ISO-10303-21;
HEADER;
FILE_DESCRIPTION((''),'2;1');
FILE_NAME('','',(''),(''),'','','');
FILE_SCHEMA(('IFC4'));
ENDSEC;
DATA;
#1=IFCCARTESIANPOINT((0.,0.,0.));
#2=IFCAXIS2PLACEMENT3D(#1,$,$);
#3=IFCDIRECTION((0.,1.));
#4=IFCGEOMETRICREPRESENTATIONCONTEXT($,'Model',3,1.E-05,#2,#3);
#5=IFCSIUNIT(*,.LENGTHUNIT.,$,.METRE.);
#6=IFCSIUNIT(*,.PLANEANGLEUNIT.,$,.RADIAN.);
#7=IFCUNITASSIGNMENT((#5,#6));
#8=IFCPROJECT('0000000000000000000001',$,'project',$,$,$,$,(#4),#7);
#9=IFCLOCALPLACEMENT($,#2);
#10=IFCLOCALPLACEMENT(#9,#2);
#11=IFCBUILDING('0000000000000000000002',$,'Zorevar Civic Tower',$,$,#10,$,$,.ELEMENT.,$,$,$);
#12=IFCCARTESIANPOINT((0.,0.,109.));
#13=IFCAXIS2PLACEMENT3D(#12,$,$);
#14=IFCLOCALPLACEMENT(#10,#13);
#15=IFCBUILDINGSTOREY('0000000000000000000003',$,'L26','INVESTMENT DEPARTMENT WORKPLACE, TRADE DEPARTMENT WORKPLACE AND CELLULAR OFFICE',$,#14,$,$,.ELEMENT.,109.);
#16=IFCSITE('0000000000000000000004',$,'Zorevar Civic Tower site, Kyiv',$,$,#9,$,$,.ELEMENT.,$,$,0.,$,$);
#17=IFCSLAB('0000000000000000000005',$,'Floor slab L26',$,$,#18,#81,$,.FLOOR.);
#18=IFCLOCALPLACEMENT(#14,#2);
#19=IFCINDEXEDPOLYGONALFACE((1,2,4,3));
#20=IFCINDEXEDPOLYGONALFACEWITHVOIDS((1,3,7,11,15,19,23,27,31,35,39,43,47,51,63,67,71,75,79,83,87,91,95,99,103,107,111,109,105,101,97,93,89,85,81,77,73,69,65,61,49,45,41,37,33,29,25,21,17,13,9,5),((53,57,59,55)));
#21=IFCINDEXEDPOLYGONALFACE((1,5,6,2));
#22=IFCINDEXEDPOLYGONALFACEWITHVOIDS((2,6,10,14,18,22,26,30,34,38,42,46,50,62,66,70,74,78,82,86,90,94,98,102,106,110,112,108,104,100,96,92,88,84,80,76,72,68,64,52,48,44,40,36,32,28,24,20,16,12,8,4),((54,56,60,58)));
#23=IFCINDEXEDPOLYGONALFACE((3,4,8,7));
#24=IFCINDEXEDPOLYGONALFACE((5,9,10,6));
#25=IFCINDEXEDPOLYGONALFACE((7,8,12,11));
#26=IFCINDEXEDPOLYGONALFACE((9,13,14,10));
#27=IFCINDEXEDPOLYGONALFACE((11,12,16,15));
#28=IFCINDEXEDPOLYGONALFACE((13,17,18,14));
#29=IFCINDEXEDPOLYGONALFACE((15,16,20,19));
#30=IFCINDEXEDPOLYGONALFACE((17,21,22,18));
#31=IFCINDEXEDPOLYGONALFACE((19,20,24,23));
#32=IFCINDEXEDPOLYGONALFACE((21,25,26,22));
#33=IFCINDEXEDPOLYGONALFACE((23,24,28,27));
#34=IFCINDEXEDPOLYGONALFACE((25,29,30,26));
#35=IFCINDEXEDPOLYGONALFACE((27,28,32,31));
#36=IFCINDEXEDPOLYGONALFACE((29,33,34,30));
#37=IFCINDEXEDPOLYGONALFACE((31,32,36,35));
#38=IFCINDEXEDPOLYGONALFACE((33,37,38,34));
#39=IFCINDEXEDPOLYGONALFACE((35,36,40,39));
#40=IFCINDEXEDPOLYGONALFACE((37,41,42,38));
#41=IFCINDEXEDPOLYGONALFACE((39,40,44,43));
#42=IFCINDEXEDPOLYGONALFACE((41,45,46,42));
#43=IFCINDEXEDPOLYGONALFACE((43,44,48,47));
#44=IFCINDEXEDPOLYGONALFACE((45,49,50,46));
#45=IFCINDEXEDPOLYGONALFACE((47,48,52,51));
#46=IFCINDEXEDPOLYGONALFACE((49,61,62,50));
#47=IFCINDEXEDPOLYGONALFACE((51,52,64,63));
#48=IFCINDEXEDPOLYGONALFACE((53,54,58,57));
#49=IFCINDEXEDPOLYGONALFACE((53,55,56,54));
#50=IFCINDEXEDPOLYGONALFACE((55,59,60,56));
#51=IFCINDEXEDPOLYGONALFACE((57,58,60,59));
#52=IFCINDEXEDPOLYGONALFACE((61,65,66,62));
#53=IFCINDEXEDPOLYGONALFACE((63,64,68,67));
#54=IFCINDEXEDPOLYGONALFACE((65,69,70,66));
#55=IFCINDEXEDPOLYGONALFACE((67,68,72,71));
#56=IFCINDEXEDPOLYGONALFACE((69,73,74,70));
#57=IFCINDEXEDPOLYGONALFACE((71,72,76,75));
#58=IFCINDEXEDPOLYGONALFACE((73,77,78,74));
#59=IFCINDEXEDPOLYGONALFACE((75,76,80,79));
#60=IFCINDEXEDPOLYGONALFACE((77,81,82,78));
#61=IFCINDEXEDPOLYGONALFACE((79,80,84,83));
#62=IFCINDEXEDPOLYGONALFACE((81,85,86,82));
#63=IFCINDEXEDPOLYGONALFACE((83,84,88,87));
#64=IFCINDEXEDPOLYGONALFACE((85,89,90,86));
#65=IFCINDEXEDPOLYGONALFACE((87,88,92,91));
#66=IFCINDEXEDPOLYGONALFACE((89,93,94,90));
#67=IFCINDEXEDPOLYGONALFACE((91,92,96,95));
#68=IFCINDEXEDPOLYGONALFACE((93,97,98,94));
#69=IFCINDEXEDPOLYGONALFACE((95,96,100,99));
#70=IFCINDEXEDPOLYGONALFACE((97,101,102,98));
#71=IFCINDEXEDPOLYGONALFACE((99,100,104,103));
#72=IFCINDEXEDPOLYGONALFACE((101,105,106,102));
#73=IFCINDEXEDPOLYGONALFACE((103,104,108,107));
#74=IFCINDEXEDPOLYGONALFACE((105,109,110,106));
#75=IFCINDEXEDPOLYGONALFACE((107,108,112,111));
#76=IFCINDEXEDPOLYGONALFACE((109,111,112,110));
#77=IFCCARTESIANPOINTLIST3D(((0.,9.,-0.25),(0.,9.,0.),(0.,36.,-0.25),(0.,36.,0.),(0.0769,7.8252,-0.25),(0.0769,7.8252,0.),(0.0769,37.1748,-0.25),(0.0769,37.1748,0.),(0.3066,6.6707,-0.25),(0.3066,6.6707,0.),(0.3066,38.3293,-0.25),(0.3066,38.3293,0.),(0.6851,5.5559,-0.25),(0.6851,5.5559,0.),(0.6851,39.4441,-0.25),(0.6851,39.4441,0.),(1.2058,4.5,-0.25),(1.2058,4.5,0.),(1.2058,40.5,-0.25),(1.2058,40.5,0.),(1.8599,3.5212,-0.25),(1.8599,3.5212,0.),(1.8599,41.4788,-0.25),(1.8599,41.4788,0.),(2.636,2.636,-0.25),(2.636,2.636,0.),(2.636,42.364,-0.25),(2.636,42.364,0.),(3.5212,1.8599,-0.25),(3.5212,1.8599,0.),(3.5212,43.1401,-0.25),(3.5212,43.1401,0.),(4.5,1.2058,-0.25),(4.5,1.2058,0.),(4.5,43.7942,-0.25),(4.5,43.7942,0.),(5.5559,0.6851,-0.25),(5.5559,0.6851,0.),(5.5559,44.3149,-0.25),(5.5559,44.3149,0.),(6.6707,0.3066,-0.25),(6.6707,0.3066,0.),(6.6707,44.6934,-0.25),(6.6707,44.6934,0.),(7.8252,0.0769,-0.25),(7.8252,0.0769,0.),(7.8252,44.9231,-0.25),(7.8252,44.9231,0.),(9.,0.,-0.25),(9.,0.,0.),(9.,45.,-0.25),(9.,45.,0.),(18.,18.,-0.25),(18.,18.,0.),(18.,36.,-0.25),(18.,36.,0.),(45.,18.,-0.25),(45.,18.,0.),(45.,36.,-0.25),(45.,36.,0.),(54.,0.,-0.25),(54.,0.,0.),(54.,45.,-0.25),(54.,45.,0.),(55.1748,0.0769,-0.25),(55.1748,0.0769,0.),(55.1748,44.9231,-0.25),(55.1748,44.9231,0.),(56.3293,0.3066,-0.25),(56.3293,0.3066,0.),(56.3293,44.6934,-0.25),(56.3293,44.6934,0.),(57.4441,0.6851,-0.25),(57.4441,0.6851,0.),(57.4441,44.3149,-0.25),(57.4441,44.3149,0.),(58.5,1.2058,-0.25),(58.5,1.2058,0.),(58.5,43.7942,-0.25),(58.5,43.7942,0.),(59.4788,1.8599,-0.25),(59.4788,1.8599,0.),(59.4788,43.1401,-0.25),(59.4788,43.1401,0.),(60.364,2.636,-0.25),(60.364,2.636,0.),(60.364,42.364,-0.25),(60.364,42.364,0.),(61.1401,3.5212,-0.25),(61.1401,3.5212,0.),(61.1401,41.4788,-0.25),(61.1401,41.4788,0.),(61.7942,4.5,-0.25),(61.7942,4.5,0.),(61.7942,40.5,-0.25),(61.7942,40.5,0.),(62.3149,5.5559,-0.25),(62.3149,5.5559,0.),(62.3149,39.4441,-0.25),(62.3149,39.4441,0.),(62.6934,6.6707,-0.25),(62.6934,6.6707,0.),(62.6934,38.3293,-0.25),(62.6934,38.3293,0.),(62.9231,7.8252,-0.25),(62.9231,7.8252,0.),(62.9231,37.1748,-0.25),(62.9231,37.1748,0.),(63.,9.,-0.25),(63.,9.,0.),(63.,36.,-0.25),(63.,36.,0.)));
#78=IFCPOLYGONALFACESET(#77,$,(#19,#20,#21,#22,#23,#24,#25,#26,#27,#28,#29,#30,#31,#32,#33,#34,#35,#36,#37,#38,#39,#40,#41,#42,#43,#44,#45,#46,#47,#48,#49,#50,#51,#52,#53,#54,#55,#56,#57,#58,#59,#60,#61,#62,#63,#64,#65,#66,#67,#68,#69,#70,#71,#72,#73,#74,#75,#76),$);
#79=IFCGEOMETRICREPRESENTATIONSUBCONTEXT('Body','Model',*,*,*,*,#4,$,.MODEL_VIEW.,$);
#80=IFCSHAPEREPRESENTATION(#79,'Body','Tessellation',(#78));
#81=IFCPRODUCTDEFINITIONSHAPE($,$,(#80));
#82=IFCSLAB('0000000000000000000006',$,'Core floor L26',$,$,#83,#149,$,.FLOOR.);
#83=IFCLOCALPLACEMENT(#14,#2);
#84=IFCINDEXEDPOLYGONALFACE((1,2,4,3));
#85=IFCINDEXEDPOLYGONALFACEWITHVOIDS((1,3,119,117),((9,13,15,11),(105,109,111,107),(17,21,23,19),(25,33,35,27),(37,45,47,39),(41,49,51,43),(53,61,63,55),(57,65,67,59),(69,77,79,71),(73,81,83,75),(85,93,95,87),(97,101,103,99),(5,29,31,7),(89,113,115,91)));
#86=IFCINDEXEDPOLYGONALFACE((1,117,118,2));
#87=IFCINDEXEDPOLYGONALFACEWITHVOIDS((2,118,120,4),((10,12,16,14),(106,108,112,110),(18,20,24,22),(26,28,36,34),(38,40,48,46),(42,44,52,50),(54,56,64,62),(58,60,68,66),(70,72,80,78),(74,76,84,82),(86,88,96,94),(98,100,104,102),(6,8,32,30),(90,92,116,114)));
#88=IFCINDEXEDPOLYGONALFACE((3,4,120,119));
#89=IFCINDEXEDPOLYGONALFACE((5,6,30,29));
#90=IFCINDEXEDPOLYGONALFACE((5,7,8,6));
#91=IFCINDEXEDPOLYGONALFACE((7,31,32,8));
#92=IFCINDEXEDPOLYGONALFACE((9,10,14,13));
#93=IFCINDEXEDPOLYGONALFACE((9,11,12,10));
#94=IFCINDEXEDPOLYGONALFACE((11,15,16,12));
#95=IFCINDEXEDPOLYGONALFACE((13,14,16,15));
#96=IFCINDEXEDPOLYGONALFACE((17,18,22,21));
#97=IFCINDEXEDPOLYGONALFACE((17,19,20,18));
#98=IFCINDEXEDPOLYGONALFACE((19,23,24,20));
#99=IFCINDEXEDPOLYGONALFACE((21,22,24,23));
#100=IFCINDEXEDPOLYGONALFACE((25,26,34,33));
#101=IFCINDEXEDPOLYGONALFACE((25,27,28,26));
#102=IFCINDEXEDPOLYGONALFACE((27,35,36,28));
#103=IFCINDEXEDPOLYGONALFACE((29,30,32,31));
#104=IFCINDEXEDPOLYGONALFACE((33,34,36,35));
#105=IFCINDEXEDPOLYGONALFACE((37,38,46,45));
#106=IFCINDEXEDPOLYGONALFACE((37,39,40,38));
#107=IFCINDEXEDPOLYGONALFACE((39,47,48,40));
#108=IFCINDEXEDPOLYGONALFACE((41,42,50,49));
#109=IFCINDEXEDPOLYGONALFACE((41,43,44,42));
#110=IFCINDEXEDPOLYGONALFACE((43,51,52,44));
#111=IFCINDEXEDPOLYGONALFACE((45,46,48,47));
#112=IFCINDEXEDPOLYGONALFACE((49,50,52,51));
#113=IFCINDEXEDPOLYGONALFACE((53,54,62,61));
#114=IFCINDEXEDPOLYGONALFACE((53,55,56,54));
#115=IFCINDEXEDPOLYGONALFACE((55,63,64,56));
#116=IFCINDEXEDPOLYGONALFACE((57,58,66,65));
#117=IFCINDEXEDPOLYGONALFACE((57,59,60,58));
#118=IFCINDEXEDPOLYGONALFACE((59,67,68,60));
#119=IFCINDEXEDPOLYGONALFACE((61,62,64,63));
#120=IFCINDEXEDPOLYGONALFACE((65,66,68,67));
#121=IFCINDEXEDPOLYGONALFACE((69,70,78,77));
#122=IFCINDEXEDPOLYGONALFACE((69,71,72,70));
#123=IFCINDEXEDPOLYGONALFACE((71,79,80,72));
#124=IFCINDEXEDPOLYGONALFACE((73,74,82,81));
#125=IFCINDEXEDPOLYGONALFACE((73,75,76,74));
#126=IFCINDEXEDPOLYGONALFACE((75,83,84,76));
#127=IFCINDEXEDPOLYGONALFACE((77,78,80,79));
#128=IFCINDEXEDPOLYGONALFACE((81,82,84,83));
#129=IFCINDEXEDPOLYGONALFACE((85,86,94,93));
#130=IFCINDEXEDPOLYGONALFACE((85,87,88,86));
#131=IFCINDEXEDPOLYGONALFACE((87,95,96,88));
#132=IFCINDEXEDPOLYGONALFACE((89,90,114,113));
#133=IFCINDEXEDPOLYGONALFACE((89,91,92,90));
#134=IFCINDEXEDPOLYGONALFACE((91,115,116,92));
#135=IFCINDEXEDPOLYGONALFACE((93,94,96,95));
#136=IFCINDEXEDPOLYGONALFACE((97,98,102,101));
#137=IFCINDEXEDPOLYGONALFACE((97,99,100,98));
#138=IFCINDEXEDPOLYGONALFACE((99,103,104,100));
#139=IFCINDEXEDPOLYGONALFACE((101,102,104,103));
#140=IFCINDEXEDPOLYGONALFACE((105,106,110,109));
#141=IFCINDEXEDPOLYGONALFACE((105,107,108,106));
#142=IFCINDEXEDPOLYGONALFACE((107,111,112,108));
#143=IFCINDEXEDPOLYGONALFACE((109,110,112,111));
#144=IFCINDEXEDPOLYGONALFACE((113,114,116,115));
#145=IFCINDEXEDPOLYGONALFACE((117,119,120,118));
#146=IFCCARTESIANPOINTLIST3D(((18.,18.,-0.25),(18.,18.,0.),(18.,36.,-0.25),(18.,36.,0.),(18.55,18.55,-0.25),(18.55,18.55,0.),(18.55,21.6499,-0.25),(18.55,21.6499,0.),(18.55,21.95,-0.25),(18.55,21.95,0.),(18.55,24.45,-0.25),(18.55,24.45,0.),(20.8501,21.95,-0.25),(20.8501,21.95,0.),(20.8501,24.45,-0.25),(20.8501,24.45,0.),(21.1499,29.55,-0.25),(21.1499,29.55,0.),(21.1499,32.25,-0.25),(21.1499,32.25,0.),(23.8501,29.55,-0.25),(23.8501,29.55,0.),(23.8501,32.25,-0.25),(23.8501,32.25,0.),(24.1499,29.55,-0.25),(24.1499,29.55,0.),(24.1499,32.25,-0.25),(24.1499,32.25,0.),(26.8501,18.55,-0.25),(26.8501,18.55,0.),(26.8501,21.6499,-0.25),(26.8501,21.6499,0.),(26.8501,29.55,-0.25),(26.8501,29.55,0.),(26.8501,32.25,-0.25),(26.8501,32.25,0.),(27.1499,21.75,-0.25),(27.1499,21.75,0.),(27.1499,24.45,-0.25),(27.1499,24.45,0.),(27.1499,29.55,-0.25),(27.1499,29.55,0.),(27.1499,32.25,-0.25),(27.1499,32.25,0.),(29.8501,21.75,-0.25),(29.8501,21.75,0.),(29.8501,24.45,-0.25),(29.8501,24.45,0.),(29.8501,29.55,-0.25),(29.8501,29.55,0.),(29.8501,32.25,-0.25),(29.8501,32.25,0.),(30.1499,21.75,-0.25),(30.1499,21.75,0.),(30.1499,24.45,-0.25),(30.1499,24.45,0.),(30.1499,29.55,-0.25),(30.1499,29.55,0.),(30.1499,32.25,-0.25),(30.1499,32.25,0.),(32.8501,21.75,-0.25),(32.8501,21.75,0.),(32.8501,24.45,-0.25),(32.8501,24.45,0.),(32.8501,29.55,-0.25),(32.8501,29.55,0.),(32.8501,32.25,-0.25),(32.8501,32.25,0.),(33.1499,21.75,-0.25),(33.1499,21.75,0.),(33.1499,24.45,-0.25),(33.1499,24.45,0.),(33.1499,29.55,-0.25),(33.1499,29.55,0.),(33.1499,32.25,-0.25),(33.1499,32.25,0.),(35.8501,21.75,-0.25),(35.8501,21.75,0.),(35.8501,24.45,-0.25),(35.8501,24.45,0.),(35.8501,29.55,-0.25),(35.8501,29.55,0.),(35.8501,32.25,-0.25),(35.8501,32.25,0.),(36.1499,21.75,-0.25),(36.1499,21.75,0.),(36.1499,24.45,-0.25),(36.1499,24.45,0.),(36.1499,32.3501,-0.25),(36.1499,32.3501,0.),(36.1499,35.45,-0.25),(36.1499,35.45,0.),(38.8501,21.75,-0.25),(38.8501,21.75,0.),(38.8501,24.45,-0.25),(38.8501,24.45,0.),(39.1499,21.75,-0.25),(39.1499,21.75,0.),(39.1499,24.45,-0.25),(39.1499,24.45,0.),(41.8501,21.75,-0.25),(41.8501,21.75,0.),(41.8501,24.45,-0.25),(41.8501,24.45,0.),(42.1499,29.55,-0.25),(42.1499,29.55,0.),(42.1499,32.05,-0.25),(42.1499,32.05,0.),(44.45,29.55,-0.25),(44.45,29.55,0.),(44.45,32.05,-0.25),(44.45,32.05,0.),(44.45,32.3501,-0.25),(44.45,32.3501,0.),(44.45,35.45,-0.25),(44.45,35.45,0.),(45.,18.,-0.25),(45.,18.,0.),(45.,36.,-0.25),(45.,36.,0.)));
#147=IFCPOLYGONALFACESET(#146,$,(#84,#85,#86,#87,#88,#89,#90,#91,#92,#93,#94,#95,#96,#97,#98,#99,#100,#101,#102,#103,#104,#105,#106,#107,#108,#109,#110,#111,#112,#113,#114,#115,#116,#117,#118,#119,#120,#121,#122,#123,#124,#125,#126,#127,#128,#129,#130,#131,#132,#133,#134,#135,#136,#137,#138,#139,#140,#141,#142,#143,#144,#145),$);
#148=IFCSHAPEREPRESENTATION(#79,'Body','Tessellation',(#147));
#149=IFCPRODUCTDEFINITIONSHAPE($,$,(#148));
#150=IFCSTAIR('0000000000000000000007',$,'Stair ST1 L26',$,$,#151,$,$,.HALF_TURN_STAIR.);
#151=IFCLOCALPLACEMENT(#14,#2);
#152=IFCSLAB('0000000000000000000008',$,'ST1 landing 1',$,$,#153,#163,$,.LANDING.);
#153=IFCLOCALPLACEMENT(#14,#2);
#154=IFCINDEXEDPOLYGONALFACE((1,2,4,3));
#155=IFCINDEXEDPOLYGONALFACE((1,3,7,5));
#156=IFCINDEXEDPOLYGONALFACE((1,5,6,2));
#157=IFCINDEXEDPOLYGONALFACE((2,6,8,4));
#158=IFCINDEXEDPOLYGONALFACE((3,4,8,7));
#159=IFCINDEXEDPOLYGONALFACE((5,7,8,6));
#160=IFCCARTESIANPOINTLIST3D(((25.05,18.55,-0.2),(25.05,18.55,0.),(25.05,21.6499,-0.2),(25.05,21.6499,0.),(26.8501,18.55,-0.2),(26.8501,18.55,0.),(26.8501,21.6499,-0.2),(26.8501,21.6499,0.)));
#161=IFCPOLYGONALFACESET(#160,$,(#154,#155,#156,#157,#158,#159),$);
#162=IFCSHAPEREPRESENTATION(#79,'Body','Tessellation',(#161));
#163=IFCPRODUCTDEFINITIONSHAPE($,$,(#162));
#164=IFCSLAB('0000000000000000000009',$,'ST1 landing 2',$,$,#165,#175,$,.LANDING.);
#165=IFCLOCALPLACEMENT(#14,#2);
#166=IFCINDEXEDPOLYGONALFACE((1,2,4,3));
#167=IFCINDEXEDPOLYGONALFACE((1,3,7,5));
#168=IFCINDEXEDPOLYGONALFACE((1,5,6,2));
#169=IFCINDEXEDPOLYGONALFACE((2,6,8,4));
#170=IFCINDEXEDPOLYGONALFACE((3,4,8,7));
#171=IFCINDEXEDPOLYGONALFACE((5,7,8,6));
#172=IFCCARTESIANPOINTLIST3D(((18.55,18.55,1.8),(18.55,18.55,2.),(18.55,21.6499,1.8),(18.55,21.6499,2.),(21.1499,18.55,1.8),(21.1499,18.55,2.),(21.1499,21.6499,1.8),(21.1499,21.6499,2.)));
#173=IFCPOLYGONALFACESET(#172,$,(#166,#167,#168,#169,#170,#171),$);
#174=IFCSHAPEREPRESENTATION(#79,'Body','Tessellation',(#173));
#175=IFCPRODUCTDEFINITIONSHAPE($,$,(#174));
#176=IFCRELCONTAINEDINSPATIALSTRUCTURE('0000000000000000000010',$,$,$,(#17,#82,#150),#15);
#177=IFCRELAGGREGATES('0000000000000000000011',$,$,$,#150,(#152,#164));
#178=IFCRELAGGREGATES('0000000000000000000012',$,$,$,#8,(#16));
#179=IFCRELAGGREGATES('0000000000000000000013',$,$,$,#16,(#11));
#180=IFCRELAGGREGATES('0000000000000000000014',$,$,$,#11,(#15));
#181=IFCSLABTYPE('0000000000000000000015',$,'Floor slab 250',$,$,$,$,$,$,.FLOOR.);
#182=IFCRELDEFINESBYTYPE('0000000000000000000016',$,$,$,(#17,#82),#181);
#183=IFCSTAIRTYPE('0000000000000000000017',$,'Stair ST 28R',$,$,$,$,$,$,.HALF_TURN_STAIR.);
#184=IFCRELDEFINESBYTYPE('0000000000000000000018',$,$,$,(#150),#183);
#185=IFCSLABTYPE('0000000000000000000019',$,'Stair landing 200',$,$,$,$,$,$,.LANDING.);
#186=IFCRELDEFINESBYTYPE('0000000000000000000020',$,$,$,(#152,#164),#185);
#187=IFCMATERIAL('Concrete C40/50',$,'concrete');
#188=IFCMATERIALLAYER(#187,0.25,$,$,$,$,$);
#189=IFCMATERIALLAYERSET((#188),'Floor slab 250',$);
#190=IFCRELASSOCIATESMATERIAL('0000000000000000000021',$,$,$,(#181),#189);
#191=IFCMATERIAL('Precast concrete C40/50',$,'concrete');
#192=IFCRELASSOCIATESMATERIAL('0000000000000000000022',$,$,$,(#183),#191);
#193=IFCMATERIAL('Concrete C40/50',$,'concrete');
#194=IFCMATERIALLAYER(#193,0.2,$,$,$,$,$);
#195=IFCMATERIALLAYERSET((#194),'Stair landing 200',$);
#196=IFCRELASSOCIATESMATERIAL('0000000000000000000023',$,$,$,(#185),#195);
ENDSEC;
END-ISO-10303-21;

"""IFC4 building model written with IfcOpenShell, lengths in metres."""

from ifc_helpers import new_model, si_unit, direction, frame, origin, place, context, subcontext, project, spatial, polyline, outline, extrude, material, layer, layer_set, type_object, element, aggregate, save


model = new_model("IFC4")

# Units and contexts
model_context = context("Model", 3, precision=1e-05, world=origin(), true_north=direction((0.0, 1.0)))
body_context = subcontext(model_context, "Body", "Model", "MODEL_VIEW")
ifc_project = project(units=[si_unit("LENGTHUNIT", "METRE"), si_unit("PLANEANGLEUNIT", "RADIAN")], contexts=[model_context])

# Site, building, storey
site_placement = place(None, origin())
site = spatial("IfcSite", under=ifc_project, at=site_placement, Name="Zorevar Civic Tower site, Kyiv", CompositionType="ELEMENT", RefElevation=0.0)
building_placement = place(site_placement, origin())
building = spatial("IfcBuilding", under=site, at=building_placement, Name="Zorevar Civic Tower", CompositionType="ELEMENT")
storey_placement = place(building_placement, frame((0.0, 0.0, 109.0)))
storey = spatial("IfcBuildingStorey", under=building, at=storey_placement, Name="L26", Description="INVESTMENT DEPARTMENT WORKPLACE, TRADE DEPARTMENT WORKPLACE AND CELLULAR OFFICE", CompositionType="ELEMENT", Elevation=109.0)

# Slabs
ifc_material_1 = material(Name="Concrete C40/50", Category="concrete")
ifc_layer_1 = layer(ifc_material_1, 0.25)
ifc_layer_set_1 = layer_set([ifc_layer_1], Name="Floor slab 250")
slab_type_1 = type_object("IfcSlabType", Name="Floor slab 250", PredefinedType="FLOOR", material=ifc_layer_set_1)
slab_1_placement = place(storey_placement, frame((0.0, 0.0, -0.25)))
element("IfcSlab", 1, at=slab_1_placement, inside=storey, type_object=slab_type_1, Name="Floor slab L26", PredefinedType="FLOOR", context=body_context, shape_type="SweptSolid", body=[
    extrude(outline(polyline([(54.0, 0.0), (55.1748, 0.0769), (56.3293, 0.3066), (57.4441, 0.6851), (58.5, 1.2058), (59.4788, 1.8599), (60.364, 2.636), (61.1401, 3.5212), (61.7942, 4.5), (62.3149, 5.5559), (62.6934, 6.6707), (62.9231, 7.8252), (63.0, 9.0), (63.0, 36.0), (62.9231, 37.1748), (62.6934, 38.3293), (62.3149, 39.4441), (61.7942, 40.5), (61.1401, 41.4788), (60.364, 42.364), (59.4788, 43.1401), (58.5, 43.7942), (57.4441, 44.3149), (56.3293, 44.6934), (55.1748, 44.9231), (54.0, 45.0), (9.0, 45.0), (7.8252, 44.9231), (6.6707, 44.6934), (5.5559, 44.3149), (4.5, 43.7942), (3.5212, 43.1401), (2.636, 42.364), (1.8599, 41.4788), (1.2058, 40.5), (0.6851, 39.4441), (0.3066, 38.3293), (0.0769, 37.1748), (0.0, 36.0), (0.0, 9.0), (0.0769, 7.8252), (0.3066, 6.6707), (0.6851, 5.5559), (1.2058, 4.5), (1.8599, 3.5212), (2.636, 2.636), (3.5212, 1.8599), (4.5, 1.2058), (5.5559, 0.6851), (6.6707, 0.3066), (7.8252, 0.0769), (9.0, 0.0), (54.0, 0.0)]), holes=[polyline([(18.0, 18.0), (45.0, 18.0), (45.0, 36.0), (18.0, 36.0), (18.0, 18.0)])]), origin(), (0.0, 0.0, 1.0), 0.25),
])
slab_2_placement = place(storey_placement, frame((0.0, 0.0, -0.25)))
element("IfcSlab", 2, at=slab_2_placement, inside=storey, type_object=slab_type_1, Name="Core floor L26", PredefinedType="FLOOR", context=body_context, shape_type="SweptSolid", body=[
    extrude(outline(polyline([(18.0, 18.0), (45.0, 18.0), (45.0, 36.0), (18.0, 36.0), (18.0, 18.0)]), holes=[polyline([(18.55, 18.55), (26.8501, 18.55), (26.8501, 21.6499), (18.55, 21.6499), (18.55, 18.55)]), polyline([(36.1499, 32.3501), (44.45, 32.3501), (44.45, 35.45), (36.1499, 35.45), (36.1499, 32.3501)]), polyline([(18.55, 21.95), (20.8501, 21.95), (20.8501, 24.45), (18.55, 24.45), (18.55, 21.95)]), polyline([(42.1499, 29.55), (44.45, 29.55), (44.45, 32.05), (42.1499, 32.05), (42.1499, 29.55)]), polyline([(27.1499, 21.75), (29.8501, 21.75), (29.8501, 24.45), (27.1499, 24.45), (27.1499, 21.75)]), polyline([(33.1499, 29.55), (35.8501, 29.55), (35.8501, 32.25), (33.1499, 32.25), (33.1499, 29.55)]), polyline([(30.1499, 21.75), (32.8501, 21.75), (32.8501, 24.45), (30.1499, 24.45), (30.1499, 21.75)]), polyline([(30.1499, 29.55), (32.8501, 29.55), (32.8501, 32.25), (30.1499, 32.25), (30.1499, 29.55)]), polyline([(33.1499, 21.75), (35.8501, 21.75), (35.8501, 24.45), (33.1499, 24.45), (33.1499, 21.75)]), polyline([(27.1499, 29.55), (29.8501, 29.55), (29.8501, 32.25), (27.1499, 32.25), (27.1499, 29.55)]), polyline([(36.1499, 21.75), (38.8501, 21.75), (38.8501, 24.45), (36.1499, 24.45), (36.1499, 21.75)]), polyline([(24.1499, 29.55), (26.8501, 29.55), (26.8501, 32.25), (24.1499, 32.25), (24.1499, 29.55)]), polyline([(39.1499, 21.75), (41.8501, 21.75), (41.8501, 24.45), (39.1499, 24.45), (39.1499, 21.75)]), polyline([(21.1499, 29.55), (23.8501, 29.55), (23.8501, 32.25), (21.1499, 32.25), (21.1499, 29.55)])]), origin(), (0.0, 0.0, 1.0), 0.25),
])

# Stair, slabs
ifc_material_2 = material(Name="Precast concrete C40/50", Category="concrete")
stair_type = type_object("IfcStairType", Name="Stair ST 28R", PredefinedType="HALF_TURN_STAIR", material=ifc_material_2)
stair_1_placement = place(storey_placement, origin())
stair_1 = element("IfcStair", 3, at=stair_1_placement, inside=storey, type_object=stair_type, Name="Stair ST1 L26", PredefinedType="HALF_TURN_STAIR")
ifc_material_3 = material(Name="Concrete C40/50", Category="concrete")
ifc_layer_2 = layer(ifc_material_3, 0.2)
ifc_layer_set_2 = layer_set([ifc_layer_2], Name="Stair landing 200")
slab_type_2 = type_object("IfcSlabType", Name="Stair landing 200", PredefinedType="LANDING", material=ifc_layer_set_2)
slab_3_placement = place(storey_placement, frame((0.0, 0.0, -0.2)))
slab_3 = element("IfcSlab", 4, at=slab_3_placement, type_object=slab_type_2, Name="ST1 landing 1", PredefinedType="LANDING", context=body_context, shape_type="SweptSolid", body=[
    extrude(outline(polyline([(25.05, 18.55), (26.8501, 18.55), (26.8501, 21.6499), (25.05, 21.6499), (25.05, 18.55)])), origin(), (0.0, 0.0, 1.0), 0.2),
])
slab_4_placement = place(storey_placement, frame((0.0, 0.0, 1.8)))
slab_4 = element("IfcSlab", 5, at=slab_4_placement, type_object=slab_type_2, Name="ST1 landing 2", PredefinedType="LANDING", context=body_context, shape_type="SweptSolid", body=[
    extrude(outline(polyline([(18.55, 18.55), (21.1499, 18.55), (21.1499, 21.6499), (18.55, 21.6499), (18.55, 18.55)])), origin(), (0.0, 0.0, 1.0), 0.2),
])
aggregate(stair_1, [slab_3, slab_4])

save(model, "model.ifc")
